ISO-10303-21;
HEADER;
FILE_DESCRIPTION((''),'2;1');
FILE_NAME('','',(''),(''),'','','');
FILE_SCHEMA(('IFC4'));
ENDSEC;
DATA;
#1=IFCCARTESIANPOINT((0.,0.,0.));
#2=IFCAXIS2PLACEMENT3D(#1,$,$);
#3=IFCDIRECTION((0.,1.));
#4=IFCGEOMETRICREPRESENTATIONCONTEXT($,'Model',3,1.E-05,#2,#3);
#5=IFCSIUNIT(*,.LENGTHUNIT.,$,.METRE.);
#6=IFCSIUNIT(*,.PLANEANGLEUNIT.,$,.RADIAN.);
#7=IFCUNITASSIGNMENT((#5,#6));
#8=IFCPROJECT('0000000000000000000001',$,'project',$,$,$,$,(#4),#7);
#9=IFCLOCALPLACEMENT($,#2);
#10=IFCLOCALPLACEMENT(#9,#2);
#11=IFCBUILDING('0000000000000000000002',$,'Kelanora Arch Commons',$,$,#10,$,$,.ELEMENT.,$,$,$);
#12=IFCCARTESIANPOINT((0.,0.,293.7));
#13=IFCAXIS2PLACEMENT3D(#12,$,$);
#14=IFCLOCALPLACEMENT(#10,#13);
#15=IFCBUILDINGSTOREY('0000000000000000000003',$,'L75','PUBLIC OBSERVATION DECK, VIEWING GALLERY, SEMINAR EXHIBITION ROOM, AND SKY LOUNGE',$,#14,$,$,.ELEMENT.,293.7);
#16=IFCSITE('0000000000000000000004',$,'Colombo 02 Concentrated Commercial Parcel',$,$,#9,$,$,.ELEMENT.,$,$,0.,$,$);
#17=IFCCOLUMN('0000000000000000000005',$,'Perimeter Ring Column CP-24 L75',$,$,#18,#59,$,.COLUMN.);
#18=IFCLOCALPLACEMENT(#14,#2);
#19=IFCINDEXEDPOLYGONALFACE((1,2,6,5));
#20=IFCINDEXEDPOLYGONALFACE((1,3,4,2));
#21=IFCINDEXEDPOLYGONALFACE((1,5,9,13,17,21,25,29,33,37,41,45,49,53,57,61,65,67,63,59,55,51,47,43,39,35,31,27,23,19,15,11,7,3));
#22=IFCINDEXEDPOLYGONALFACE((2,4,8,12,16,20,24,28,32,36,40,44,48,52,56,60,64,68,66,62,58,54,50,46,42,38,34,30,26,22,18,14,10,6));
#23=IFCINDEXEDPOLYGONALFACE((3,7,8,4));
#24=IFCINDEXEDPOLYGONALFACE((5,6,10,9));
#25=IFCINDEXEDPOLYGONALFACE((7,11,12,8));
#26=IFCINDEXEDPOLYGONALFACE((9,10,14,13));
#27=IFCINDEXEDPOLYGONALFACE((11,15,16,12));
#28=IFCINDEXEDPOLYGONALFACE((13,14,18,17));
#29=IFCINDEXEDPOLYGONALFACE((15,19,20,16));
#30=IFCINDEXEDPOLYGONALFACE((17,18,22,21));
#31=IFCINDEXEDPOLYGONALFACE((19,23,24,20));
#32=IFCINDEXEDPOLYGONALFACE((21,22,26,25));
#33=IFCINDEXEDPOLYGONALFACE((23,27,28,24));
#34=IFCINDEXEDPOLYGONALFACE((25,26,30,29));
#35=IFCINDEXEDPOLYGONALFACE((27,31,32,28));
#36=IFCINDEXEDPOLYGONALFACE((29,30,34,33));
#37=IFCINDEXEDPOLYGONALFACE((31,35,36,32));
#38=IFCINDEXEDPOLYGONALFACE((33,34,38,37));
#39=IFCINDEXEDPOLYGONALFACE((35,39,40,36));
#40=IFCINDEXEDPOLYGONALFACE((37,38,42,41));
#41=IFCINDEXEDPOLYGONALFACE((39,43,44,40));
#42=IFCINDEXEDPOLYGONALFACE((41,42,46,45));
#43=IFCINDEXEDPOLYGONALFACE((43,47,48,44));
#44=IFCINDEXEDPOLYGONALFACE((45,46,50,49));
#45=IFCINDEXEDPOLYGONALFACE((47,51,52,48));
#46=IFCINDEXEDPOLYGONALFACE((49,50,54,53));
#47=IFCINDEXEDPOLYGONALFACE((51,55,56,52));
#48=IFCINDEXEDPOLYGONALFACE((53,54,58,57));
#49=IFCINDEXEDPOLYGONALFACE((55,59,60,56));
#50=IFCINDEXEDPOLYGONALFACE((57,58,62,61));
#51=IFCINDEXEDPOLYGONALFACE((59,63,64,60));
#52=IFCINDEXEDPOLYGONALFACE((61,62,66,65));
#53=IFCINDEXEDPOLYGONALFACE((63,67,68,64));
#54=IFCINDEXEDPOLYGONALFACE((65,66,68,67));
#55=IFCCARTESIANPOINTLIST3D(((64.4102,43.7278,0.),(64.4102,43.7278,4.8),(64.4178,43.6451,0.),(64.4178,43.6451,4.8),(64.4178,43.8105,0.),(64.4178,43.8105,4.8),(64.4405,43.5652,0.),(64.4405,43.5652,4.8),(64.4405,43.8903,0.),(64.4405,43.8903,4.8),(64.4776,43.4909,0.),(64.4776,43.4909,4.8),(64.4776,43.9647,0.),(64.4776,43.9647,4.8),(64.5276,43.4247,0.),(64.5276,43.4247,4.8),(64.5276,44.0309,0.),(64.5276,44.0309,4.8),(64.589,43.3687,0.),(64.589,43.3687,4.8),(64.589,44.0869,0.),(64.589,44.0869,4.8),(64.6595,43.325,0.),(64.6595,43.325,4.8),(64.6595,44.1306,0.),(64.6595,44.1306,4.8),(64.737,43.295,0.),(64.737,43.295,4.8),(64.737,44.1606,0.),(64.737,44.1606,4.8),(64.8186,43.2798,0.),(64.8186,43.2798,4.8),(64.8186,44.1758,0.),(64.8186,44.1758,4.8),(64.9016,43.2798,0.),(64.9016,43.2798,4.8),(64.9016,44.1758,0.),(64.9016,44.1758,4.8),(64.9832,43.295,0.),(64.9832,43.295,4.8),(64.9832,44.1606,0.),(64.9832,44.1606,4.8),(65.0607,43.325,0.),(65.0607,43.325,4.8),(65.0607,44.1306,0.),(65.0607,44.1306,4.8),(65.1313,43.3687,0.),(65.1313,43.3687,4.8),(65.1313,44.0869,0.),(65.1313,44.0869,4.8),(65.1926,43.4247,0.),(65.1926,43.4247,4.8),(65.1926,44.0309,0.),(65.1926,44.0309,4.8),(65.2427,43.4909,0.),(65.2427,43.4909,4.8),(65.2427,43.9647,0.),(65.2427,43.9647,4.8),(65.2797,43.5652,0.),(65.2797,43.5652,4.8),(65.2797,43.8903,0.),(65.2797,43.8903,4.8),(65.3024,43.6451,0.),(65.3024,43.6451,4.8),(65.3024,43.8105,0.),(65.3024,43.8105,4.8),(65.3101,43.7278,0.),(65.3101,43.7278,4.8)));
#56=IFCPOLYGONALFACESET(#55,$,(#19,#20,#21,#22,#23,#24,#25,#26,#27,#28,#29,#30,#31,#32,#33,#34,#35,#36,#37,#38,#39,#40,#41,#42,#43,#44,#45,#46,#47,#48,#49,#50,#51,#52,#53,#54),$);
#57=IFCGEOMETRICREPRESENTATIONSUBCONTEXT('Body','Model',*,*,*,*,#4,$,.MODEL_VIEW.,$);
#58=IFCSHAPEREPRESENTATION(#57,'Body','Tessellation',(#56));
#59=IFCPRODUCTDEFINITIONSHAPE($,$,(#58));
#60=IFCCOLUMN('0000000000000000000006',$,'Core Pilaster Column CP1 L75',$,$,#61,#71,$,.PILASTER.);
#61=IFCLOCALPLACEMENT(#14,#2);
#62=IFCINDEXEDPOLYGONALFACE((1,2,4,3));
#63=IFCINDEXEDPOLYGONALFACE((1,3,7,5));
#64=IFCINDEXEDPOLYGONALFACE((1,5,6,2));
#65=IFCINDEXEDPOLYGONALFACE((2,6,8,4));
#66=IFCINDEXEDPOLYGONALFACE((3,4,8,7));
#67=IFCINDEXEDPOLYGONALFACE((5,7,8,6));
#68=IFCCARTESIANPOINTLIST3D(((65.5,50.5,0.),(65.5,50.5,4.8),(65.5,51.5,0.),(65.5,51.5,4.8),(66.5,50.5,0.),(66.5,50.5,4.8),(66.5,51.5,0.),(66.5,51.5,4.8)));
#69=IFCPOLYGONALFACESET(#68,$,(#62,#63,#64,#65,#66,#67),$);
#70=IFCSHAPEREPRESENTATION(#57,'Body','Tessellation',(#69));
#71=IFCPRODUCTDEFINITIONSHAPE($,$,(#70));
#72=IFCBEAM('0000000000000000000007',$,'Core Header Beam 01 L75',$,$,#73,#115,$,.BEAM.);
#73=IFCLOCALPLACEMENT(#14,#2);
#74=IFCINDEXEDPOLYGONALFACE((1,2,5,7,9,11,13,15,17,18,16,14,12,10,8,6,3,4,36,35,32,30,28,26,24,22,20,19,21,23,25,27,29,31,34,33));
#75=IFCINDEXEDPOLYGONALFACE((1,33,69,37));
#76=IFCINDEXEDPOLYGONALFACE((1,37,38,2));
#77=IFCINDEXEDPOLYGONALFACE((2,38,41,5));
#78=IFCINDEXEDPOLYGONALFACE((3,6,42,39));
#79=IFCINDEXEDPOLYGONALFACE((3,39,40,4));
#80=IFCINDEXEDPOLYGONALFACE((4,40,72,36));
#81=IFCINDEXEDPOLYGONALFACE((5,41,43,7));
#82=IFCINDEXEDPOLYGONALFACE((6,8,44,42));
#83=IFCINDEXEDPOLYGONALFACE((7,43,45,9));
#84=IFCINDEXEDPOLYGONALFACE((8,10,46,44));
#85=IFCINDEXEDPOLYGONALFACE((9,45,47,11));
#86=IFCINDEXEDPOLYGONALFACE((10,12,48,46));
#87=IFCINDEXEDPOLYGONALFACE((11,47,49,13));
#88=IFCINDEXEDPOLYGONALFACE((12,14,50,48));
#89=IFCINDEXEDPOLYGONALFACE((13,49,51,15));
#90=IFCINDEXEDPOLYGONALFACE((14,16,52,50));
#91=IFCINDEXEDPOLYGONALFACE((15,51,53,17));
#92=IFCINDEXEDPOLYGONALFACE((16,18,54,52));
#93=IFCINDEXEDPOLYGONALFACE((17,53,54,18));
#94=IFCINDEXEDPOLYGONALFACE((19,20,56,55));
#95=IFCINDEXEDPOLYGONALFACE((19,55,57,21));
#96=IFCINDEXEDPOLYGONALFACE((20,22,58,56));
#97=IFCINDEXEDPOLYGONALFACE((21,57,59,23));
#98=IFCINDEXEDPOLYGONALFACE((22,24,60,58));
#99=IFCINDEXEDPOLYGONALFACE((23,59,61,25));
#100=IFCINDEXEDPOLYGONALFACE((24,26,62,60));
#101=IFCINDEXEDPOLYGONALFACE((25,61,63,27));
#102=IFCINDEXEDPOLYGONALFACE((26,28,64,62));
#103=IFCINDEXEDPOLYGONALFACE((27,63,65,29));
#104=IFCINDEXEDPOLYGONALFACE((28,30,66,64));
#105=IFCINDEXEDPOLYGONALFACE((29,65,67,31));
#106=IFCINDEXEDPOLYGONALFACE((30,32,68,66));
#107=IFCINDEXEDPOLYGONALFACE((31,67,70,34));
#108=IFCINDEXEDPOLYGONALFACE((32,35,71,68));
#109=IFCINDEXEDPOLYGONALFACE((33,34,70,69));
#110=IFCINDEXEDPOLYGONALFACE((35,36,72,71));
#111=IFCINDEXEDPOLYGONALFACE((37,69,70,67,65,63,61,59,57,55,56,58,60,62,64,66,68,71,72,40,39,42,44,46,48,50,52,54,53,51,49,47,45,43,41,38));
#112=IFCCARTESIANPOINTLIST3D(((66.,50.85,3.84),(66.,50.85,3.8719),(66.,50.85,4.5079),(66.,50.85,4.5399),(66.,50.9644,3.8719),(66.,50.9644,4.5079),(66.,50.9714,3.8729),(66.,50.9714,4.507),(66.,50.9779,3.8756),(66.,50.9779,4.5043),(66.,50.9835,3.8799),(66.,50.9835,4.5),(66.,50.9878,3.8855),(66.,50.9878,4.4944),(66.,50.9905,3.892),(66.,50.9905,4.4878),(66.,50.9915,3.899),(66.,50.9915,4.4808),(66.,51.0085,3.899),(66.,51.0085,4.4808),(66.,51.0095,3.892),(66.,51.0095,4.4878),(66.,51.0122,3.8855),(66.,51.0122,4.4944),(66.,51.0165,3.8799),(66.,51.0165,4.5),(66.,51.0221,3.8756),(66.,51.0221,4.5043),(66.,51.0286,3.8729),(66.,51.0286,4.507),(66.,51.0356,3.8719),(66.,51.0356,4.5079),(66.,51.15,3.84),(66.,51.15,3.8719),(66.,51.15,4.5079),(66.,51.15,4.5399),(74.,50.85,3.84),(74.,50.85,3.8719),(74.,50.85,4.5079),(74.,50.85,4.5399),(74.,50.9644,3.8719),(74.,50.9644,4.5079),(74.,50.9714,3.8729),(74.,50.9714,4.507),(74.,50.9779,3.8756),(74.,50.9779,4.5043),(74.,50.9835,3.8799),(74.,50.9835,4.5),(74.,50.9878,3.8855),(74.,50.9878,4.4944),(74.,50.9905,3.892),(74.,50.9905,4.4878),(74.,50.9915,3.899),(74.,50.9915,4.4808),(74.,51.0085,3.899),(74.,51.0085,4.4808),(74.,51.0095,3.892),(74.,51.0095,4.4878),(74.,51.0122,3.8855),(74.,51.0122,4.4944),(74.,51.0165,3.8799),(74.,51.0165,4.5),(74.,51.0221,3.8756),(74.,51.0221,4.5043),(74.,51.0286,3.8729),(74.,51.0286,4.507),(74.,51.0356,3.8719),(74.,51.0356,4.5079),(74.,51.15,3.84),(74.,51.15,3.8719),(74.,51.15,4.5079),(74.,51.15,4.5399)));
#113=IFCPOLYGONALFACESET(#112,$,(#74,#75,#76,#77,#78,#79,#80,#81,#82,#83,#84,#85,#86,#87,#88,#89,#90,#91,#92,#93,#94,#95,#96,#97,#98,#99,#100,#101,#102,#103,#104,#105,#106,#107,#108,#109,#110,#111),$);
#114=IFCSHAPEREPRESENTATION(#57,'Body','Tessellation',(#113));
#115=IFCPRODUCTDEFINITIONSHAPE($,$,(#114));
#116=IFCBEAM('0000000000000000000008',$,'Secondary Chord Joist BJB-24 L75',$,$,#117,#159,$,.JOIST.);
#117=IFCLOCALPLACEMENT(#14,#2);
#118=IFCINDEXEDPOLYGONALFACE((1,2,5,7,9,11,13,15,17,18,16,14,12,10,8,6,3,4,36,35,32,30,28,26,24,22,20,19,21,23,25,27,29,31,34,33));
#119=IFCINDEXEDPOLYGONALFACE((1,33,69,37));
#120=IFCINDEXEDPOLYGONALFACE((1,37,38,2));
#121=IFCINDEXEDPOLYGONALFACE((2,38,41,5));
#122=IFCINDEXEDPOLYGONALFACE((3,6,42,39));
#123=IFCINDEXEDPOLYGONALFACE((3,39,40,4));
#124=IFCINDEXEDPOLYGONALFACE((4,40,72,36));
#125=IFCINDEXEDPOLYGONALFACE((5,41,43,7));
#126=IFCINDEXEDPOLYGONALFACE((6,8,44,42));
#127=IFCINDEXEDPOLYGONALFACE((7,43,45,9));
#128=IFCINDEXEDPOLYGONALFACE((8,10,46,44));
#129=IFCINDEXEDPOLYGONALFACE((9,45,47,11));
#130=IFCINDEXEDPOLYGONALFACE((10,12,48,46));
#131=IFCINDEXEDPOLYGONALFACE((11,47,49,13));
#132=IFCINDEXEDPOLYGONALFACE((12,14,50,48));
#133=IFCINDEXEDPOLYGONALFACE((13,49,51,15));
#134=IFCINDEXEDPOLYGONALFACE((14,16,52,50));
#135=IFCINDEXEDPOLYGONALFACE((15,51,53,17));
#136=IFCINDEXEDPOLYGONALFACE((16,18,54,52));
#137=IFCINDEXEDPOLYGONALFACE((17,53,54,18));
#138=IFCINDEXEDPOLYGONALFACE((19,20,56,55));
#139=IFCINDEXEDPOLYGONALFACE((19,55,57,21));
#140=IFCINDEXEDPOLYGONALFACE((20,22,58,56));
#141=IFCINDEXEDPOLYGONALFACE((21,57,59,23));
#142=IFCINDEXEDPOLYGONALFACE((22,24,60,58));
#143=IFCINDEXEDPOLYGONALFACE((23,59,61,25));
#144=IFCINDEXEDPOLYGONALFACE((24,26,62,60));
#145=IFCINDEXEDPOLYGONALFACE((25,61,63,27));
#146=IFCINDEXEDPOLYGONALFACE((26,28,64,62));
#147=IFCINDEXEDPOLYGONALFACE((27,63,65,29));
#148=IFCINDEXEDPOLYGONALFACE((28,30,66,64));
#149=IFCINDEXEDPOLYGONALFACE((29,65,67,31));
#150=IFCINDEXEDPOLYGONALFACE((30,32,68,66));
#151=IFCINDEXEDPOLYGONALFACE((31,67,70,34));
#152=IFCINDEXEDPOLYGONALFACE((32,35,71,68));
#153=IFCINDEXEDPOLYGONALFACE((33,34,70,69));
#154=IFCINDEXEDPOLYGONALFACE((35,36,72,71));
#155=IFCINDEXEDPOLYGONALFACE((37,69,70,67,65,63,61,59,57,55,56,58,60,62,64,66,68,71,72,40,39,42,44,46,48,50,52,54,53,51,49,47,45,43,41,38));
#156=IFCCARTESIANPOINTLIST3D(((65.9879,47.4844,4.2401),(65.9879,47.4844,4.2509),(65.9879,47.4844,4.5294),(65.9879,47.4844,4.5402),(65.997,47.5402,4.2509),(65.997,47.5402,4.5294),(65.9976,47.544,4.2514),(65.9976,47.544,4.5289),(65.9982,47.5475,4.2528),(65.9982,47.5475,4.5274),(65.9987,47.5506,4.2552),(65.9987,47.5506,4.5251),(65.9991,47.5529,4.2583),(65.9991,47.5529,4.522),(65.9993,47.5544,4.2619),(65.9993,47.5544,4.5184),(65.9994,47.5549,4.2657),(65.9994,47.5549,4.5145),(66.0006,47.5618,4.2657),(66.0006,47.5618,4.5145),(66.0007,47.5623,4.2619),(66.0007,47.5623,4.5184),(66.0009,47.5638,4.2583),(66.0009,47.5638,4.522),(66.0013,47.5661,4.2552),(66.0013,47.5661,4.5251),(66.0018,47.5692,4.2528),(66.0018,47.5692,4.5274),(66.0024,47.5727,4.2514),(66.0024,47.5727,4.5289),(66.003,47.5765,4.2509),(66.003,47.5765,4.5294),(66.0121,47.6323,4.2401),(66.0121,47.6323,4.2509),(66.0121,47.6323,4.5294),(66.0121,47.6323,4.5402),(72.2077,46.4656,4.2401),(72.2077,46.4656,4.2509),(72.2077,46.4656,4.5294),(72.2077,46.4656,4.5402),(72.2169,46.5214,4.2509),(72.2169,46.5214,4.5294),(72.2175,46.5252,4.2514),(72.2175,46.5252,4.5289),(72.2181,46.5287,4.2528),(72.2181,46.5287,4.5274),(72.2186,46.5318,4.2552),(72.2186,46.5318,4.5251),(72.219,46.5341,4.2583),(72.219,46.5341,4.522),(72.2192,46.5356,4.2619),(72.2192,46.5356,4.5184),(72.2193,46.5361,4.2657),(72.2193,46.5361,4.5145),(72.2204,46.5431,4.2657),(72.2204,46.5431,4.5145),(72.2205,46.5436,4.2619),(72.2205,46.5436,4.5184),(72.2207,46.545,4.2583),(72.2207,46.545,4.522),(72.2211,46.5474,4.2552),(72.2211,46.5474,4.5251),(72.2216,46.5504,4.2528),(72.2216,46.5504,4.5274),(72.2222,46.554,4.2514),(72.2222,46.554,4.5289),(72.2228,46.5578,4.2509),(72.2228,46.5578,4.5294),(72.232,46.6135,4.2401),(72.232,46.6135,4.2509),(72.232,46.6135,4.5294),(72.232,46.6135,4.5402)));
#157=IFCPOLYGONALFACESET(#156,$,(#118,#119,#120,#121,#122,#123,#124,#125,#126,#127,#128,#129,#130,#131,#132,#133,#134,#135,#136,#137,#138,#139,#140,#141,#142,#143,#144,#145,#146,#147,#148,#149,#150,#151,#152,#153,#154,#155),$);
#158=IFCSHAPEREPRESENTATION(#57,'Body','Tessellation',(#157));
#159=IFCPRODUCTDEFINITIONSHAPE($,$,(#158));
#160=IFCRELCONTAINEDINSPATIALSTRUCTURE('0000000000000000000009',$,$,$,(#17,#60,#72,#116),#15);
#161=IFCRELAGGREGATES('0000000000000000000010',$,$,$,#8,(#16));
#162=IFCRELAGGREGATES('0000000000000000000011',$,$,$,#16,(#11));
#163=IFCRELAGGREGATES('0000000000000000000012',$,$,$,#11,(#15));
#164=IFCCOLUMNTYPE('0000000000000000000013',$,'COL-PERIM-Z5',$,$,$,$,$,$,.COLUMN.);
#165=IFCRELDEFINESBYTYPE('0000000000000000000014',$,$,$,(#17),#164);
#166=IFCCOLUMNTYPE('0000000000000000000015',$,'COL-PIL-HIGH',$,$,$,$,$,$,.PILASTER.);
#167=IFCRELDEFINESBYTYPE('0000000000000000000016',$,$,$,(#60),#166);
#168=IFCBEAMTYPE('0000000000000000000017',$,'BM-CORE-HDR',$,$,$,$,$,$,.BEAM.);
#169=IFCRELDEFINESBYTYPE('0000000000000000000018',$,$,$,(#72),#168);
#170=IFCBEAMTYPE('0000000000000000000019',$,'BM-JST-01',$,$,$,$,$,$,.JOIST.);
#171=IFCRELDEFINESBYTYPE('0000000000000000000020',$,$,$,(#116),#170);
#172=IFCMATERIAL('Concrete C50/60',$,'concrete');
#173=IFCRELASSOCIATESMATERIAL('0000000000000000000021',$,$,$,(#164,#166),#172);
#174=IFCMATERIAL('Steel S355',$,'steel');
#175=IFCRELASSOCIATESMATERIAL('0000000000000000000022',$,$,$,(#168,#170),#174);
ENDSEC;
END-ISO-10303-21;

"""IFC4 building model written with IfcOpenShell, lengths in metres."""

from ifc_helpers import new_model, si_unit, direction, frame, origin, origin_2d, place, context, subcontext, project, spatial, rectangle, circle, i_section, extrude, material, material_profile, profile_set, type_object, element, save


model = new_model("IFC4")

# Units and contexts
model_context = context("Model", 3, precision=1e-05, world=origin(), true_north=direction((0.0, 1.0)))
body_context = subcontext(model_context, "Body", "Model", "MODEL_VIEW")
ifc_project = project(units=[si_unit("LENGTHUNIT", "METRE"), si_unit("PLANEANGLEUNIT", "RADIAN")], contexts=[model_context])

# Site, building, storey
site_placement = place(None, origin())
site = spatial("IfcSite", under=ifc_project, at=site_placement, Name="Colombo 02 Concentrated Commercial Parcel", CompositionType="ELEMENT", RefElevation=0.0)
building_placement = place(site_placement, origin())
building = spatial("IfcBuilding", under=site, at=building_placement, Name="Kelanora Arch Commons", CompositionType="ELEMENT")
storey_placement = place(building_placement, frame((0.0, 0.0, 293.7)))
storey = spatial("IfcBuildingStorey", under=building, at=storey_placement, Name="L75", Description="PUBLIC OBSERVATION DECK, VIEWING GALLERY, SEMINAR EXHIBITION ROOM, AND SKY LOUNGE", CompositionType="ELEMENT", Elevation=293.7)

# Columns
ifc_material_1 = material(Name="Concrete C50/60", Category="concrete")
ifc_material_profile_1 = material_profile(ifc_material_1, circle(Radius=0.45, at=origin_2d()), Name="RCC900")
ifc_profile_set_1 = profile_set([ifc_material_profile_1], Name="Concrete C50/60")
column_type_1 = type_object("IfcColumnType", Name="COL-PERIM-Z5", PredefinedType="COLUMN", material=ifc_profile_set_1)
column_1_placement = place(storey_placement, frame((64.8601, 43.7278, 0.0), z_axis=(0.0, 0.0, 1.0), x_axis=(1.0, 0.0, 0.0)))
element("IfcColumn", 1, at=column_1_placement, inside=storey, type_object=column_type_1, Name="Perimeter Ring Column CP-24 L75", PredefinedType="COLUMN", context=body_context, shape_type="SweptSolid", body=[
    extrude(circle(Radius=0.45, at=origin_2d()), origin(), (0.0, 0.0, 1.0), 4.8),
])
ifc_material_profile_2 = material_profile(ifc_material_1, rectangle(XDim=1.0, YDim=1.0, at=origin_2d()), Name="RC1000x1000")
ifc_profile_set_2 = profile_set([ifc_material_profile_2], Name="Concrete C50/60")
column_type_2 = type_object("IfcColumnType", Name="COL-PIL-HIGH", PredefinedType="PILASTER", material=ifc_profile_set_2)
column_2_placement = place(storey_placement, frame((66.0, 51.0, 0.0), z_axis=(0.0, 0.0, 1.0), x_axis=(1.0, 0.0, 0.0)))
element("IfcColumn", 2, at=column_2_placement, inside=storey, type_object=column_type_2, Name="Core Pilaster Column CP1 L75", PredefinedType="PILASTER", context=body_context, shape_type="SweptSolid", body=[
    extrude(rectangle(XDim=1.0, YDim=1.0, at=origin_2d()), origin(), (0.0, 0.0, 1.0), 4.8),
])

# Beams
ifc_material_2 = material(Name="Steel S355", Category="steel")
ifc_material_profile_3 = material_profile(ifc_material_2, i_section(OverallWidth=0.3, OverallDepth=0.7, WebThickness=0.0171, FlangeThickness=0.032, FilletRadius=0.0271, at=origin_2d()), Name="HEB700")
ifc_profile_set_3 = profile_set([ifc_material_profile_3], Name="Steel S355")
beam_type_1 = type_object("IfcBeamType", Name="BM-CORE-HDR", PredefinedType="BEAM", material=ifc_profile_set_3)
beam_1_placement = place(storey_placement, frame((66.0, 51.0, 4.1899), z_axis=(1.0, 0.0, 0.0), x_axis=(0.0, 1.0, 0.0)))
element("IfcBeam", 3, at=beam_1_placement, inside=storey, type_object=beam_type_1, Name="Core Header Beam 01 L75", PredefinedType="BEAM", context=body_context, shape_type="SweptSolid", body=[
    extrude(i_section(OverallWidth=0.3, OverallDepth=0.7, WebThickness=0.0171, FlangeThickness=0.032, FilletRadius=0.0271, at=origin_2d()), origin(), (0.0, 0.0, 1.0), 8.0),
])
ifc_material_profile_4 = material_profile(ifc_material_2, i_section(OverallWidth=0.1499, OverallDepth=0.3, WebThickness=0.0071, FlangeThickness=0.0107, FilletRadius=0.0149, at=origin_2d()), Name="IPE300")
ifc_profile_set_4 = profile_set([ifc_material_profile_4], Name="Steel S355")
beam_type_2 = type_object("IfcBeamType", Name="BM-JST-01", PredefinedType="JOIST", material=ifc_profile_set_4)
beam_2_placement = place(storey_placement, frame((66.0, 47.5583, 4.3901), z_axis=(0.98685, -0.161641, 0.0), x_axis=(0.161641, 0.98685, 0.0)))
element("IfcBeam", 4, at=beam_2_placement, inside=storey, type_object=beam_type_2, Name="Secondary Chord Joist BJB-24 L75", PredefinedType="JOIST", context=body_context, shape_type="SweptSolid", body=[
    extrude(i_section(OverallWidth=0.1499, OverallDepth=0.3, WebThickness=0.0071, FlangeThickness=0.0107, FilletRadius=0.0149, at=origin_2d()), origin(), (0.0, 0.0, 1.0), 6.3027),
])

save(model, "model.ifc")
